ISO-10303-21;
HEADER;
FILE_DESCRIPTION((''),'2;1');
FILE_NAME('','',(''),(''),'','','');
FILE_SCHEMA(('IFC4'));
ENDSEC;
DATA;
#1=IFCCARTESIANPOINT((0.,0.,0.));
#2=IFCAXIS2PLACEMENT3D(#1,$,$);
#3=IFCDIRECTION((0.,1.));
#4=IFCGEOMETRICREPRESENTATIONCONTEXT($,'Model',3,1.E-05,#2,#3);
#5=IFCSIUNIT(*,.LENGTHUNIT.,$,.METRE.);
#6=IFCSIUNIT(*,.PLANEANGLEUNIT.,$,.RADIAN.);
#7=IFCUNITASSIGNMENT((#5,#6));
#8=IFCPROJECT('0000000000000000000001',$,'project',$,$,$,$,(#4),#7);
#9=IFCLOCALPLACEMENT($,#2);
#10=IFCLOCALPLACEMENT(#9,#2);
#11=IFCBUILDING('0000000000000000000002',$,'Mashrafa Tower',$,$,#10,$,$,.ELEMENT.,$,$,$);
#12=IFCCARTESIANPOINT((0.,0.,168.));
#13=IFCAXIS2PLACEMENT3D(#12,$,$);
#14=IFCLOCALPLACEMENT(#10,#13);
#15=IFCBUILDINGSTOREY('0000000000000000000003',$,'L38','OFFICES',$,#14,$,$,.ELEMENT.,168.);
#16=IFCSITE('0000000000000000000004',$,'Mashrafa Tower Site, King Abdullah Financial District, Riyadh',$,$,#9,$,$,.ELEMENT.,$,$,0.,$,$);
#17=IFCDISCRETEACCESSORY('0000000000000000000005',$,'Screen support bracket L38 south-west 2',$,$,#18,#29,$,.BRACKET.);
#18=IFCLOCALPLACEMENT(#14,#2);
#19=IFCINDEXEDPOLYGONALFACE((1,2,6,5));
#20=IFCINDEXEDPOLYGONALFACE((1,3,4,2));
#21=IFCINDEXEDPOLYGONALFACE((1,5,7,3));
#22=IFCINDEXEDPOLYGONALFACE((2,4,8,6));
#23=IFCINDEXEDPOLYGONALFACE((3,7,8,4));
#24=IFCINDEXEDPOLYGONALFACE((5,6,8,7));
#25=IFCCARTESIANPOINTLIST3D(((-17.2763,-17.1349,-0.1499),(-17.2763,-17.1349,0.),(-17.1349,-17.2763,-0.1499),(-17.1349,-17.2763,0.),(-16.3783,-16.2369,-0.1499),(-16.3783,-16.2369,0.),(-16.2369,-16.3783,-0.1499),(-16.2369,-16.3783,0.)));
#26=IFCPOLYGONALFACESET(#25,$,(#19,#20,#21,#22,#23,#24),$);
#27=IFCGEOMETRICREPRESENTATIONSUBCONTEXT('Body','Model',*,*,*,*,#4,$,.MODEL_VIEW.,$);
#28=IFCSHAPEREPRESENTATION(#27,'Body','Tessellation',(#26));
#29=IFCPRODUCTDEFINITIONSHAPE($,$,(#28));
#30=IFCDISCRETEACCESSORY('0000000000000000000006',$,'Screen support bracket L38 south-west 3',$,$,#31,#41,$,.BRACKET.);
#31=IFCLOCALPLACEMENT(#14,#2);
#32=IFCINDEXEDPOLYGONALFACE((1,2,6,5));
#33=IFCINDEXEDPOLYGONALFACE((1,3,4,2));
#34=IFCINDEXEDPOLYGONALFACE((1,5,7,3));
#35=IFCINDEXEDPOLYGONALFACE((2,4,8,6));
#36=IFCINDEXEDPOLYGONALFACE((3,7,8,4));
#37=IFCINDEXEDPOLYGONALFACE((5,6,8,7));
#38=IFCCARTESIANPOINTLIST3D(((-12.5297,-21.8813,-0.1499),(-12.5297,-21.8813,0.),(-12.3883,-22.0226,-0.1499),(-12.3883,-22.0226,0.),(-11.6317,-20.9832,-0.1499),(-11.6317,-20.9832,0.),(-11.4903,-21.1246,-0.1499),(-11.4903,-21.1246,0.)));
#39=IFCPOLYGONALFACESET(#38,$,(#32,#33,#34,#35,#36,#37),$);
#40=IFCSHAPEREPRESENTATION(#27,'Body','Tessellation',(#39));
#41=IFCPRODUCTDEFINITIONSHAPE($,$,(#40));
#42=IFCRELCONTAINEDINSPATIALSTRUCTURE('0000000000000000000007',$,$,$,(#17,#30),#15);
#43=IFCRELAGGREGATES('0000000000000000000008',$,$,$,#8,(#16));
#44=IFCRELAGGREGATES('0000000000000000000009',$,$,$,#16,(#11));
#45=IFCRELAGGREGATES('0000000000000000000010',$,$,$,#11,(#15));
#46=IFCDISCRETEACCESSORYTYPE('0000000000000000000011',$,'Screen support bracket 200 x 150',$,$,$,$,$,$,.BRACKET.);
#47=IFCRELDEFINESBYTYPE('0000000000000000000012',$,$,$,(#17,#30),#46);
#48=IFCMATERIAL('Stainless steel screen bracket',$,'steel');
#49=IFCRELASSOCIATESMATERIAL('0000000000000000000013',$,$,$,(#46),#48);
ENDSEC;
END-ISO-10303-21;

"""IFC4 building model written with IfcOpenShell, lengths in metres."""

from ifc_helpers import new_model, si_unit, direction, frame, origin, origin_2d, place, context, subcontext, project, spatial, rectangle, extrude, source, transform, mapped, material, type_object, type_shapes, element, save


model = new_model("IFC4")

# Units and contexts
model_context = context("Model", 3, precision=1e-05, world=origin(), true_north=direction((0.0, 1.0)))
body_context = subcontext(model_context, "Body", "Model", "MODEL_VIEW")
ifc_project = project(units=[si_unit("LENGTHUNIT", "METRE"), si_unit("PLANEANGLEUNIT", "RADIAN")], contexts=[model_context])

# Site, building, storey
site_placement = place(None, origin())
site = spatial("IfcSite", under=ifc_project, at=site_placement, Name="Mashrafa Tower Site, King Abdullah Financial District, Riyadh", CompositionType="ELEMENT", RefElevation=0.0)
building_placement = place(site_placement, origin())
building = spatial("IfcBuilding", under=site, at=building_placement, Name="Mashrafa Tower", CompositionType="ELEMENT")
storey_placement = place(building_placement, frame((0.0, 0.0, 168.0)))
storey = spatial("IfcBuildingStorey", under=building, at=storey_placement, Name="L38", Description="OFFICES", CompositionType="ELEMENT", Elevation=168.0)

# Discrete accessories
ifc_material_1 = material(Name="Stainless steel screen bracket", Category="steel")
discrete_accessory_type = type_object("IfcDiscreteAccessoryType", Name="Screen support bracket 200 x 150", PredefinedType="BRACKET", material=ifc_material_1)
shared_shape_1 = source(origin(), body_context, "Body", "SweptSolid", [
    extrude(rectangle(XDim=0.2, YDim=1.27, at=origin_2d()), origin(), (0.0, 0.0, 1.0), 0.1499),
])
type_shapes(discrete_accessory_type, [shared_shape_1])
for number, where, z_axis, x_axis, name in (
    (1, (-16.7566, -16.7566, -0.1499), (0.0, 0.0, 1.0), (0.707107, -0.707107, 0.0), "Screen support bracket L38 south-west 2"),
    (2, (-12.01, -21.5029, -0.1499), (0.0, 0.0, 1.0), (0.707107, -0.707107, 0.0), "Screen support bracket L38 south-west 3"),
):
    element("IfcDiscreteAccessory", number, at=place(storey_placement, frame(where, z_axis=z_axis, x_axis=x_axis)), inside=storey, type_object=discrete_accessory_type, Name=name, PredefinedType="BRACKET", context=body_context, shape_type="MappedRepresentation", body=[
        mapped(shared_shape_1, transform((0.0, 0.0, 0.0))),
    ])

save(model, "model.ifc")
